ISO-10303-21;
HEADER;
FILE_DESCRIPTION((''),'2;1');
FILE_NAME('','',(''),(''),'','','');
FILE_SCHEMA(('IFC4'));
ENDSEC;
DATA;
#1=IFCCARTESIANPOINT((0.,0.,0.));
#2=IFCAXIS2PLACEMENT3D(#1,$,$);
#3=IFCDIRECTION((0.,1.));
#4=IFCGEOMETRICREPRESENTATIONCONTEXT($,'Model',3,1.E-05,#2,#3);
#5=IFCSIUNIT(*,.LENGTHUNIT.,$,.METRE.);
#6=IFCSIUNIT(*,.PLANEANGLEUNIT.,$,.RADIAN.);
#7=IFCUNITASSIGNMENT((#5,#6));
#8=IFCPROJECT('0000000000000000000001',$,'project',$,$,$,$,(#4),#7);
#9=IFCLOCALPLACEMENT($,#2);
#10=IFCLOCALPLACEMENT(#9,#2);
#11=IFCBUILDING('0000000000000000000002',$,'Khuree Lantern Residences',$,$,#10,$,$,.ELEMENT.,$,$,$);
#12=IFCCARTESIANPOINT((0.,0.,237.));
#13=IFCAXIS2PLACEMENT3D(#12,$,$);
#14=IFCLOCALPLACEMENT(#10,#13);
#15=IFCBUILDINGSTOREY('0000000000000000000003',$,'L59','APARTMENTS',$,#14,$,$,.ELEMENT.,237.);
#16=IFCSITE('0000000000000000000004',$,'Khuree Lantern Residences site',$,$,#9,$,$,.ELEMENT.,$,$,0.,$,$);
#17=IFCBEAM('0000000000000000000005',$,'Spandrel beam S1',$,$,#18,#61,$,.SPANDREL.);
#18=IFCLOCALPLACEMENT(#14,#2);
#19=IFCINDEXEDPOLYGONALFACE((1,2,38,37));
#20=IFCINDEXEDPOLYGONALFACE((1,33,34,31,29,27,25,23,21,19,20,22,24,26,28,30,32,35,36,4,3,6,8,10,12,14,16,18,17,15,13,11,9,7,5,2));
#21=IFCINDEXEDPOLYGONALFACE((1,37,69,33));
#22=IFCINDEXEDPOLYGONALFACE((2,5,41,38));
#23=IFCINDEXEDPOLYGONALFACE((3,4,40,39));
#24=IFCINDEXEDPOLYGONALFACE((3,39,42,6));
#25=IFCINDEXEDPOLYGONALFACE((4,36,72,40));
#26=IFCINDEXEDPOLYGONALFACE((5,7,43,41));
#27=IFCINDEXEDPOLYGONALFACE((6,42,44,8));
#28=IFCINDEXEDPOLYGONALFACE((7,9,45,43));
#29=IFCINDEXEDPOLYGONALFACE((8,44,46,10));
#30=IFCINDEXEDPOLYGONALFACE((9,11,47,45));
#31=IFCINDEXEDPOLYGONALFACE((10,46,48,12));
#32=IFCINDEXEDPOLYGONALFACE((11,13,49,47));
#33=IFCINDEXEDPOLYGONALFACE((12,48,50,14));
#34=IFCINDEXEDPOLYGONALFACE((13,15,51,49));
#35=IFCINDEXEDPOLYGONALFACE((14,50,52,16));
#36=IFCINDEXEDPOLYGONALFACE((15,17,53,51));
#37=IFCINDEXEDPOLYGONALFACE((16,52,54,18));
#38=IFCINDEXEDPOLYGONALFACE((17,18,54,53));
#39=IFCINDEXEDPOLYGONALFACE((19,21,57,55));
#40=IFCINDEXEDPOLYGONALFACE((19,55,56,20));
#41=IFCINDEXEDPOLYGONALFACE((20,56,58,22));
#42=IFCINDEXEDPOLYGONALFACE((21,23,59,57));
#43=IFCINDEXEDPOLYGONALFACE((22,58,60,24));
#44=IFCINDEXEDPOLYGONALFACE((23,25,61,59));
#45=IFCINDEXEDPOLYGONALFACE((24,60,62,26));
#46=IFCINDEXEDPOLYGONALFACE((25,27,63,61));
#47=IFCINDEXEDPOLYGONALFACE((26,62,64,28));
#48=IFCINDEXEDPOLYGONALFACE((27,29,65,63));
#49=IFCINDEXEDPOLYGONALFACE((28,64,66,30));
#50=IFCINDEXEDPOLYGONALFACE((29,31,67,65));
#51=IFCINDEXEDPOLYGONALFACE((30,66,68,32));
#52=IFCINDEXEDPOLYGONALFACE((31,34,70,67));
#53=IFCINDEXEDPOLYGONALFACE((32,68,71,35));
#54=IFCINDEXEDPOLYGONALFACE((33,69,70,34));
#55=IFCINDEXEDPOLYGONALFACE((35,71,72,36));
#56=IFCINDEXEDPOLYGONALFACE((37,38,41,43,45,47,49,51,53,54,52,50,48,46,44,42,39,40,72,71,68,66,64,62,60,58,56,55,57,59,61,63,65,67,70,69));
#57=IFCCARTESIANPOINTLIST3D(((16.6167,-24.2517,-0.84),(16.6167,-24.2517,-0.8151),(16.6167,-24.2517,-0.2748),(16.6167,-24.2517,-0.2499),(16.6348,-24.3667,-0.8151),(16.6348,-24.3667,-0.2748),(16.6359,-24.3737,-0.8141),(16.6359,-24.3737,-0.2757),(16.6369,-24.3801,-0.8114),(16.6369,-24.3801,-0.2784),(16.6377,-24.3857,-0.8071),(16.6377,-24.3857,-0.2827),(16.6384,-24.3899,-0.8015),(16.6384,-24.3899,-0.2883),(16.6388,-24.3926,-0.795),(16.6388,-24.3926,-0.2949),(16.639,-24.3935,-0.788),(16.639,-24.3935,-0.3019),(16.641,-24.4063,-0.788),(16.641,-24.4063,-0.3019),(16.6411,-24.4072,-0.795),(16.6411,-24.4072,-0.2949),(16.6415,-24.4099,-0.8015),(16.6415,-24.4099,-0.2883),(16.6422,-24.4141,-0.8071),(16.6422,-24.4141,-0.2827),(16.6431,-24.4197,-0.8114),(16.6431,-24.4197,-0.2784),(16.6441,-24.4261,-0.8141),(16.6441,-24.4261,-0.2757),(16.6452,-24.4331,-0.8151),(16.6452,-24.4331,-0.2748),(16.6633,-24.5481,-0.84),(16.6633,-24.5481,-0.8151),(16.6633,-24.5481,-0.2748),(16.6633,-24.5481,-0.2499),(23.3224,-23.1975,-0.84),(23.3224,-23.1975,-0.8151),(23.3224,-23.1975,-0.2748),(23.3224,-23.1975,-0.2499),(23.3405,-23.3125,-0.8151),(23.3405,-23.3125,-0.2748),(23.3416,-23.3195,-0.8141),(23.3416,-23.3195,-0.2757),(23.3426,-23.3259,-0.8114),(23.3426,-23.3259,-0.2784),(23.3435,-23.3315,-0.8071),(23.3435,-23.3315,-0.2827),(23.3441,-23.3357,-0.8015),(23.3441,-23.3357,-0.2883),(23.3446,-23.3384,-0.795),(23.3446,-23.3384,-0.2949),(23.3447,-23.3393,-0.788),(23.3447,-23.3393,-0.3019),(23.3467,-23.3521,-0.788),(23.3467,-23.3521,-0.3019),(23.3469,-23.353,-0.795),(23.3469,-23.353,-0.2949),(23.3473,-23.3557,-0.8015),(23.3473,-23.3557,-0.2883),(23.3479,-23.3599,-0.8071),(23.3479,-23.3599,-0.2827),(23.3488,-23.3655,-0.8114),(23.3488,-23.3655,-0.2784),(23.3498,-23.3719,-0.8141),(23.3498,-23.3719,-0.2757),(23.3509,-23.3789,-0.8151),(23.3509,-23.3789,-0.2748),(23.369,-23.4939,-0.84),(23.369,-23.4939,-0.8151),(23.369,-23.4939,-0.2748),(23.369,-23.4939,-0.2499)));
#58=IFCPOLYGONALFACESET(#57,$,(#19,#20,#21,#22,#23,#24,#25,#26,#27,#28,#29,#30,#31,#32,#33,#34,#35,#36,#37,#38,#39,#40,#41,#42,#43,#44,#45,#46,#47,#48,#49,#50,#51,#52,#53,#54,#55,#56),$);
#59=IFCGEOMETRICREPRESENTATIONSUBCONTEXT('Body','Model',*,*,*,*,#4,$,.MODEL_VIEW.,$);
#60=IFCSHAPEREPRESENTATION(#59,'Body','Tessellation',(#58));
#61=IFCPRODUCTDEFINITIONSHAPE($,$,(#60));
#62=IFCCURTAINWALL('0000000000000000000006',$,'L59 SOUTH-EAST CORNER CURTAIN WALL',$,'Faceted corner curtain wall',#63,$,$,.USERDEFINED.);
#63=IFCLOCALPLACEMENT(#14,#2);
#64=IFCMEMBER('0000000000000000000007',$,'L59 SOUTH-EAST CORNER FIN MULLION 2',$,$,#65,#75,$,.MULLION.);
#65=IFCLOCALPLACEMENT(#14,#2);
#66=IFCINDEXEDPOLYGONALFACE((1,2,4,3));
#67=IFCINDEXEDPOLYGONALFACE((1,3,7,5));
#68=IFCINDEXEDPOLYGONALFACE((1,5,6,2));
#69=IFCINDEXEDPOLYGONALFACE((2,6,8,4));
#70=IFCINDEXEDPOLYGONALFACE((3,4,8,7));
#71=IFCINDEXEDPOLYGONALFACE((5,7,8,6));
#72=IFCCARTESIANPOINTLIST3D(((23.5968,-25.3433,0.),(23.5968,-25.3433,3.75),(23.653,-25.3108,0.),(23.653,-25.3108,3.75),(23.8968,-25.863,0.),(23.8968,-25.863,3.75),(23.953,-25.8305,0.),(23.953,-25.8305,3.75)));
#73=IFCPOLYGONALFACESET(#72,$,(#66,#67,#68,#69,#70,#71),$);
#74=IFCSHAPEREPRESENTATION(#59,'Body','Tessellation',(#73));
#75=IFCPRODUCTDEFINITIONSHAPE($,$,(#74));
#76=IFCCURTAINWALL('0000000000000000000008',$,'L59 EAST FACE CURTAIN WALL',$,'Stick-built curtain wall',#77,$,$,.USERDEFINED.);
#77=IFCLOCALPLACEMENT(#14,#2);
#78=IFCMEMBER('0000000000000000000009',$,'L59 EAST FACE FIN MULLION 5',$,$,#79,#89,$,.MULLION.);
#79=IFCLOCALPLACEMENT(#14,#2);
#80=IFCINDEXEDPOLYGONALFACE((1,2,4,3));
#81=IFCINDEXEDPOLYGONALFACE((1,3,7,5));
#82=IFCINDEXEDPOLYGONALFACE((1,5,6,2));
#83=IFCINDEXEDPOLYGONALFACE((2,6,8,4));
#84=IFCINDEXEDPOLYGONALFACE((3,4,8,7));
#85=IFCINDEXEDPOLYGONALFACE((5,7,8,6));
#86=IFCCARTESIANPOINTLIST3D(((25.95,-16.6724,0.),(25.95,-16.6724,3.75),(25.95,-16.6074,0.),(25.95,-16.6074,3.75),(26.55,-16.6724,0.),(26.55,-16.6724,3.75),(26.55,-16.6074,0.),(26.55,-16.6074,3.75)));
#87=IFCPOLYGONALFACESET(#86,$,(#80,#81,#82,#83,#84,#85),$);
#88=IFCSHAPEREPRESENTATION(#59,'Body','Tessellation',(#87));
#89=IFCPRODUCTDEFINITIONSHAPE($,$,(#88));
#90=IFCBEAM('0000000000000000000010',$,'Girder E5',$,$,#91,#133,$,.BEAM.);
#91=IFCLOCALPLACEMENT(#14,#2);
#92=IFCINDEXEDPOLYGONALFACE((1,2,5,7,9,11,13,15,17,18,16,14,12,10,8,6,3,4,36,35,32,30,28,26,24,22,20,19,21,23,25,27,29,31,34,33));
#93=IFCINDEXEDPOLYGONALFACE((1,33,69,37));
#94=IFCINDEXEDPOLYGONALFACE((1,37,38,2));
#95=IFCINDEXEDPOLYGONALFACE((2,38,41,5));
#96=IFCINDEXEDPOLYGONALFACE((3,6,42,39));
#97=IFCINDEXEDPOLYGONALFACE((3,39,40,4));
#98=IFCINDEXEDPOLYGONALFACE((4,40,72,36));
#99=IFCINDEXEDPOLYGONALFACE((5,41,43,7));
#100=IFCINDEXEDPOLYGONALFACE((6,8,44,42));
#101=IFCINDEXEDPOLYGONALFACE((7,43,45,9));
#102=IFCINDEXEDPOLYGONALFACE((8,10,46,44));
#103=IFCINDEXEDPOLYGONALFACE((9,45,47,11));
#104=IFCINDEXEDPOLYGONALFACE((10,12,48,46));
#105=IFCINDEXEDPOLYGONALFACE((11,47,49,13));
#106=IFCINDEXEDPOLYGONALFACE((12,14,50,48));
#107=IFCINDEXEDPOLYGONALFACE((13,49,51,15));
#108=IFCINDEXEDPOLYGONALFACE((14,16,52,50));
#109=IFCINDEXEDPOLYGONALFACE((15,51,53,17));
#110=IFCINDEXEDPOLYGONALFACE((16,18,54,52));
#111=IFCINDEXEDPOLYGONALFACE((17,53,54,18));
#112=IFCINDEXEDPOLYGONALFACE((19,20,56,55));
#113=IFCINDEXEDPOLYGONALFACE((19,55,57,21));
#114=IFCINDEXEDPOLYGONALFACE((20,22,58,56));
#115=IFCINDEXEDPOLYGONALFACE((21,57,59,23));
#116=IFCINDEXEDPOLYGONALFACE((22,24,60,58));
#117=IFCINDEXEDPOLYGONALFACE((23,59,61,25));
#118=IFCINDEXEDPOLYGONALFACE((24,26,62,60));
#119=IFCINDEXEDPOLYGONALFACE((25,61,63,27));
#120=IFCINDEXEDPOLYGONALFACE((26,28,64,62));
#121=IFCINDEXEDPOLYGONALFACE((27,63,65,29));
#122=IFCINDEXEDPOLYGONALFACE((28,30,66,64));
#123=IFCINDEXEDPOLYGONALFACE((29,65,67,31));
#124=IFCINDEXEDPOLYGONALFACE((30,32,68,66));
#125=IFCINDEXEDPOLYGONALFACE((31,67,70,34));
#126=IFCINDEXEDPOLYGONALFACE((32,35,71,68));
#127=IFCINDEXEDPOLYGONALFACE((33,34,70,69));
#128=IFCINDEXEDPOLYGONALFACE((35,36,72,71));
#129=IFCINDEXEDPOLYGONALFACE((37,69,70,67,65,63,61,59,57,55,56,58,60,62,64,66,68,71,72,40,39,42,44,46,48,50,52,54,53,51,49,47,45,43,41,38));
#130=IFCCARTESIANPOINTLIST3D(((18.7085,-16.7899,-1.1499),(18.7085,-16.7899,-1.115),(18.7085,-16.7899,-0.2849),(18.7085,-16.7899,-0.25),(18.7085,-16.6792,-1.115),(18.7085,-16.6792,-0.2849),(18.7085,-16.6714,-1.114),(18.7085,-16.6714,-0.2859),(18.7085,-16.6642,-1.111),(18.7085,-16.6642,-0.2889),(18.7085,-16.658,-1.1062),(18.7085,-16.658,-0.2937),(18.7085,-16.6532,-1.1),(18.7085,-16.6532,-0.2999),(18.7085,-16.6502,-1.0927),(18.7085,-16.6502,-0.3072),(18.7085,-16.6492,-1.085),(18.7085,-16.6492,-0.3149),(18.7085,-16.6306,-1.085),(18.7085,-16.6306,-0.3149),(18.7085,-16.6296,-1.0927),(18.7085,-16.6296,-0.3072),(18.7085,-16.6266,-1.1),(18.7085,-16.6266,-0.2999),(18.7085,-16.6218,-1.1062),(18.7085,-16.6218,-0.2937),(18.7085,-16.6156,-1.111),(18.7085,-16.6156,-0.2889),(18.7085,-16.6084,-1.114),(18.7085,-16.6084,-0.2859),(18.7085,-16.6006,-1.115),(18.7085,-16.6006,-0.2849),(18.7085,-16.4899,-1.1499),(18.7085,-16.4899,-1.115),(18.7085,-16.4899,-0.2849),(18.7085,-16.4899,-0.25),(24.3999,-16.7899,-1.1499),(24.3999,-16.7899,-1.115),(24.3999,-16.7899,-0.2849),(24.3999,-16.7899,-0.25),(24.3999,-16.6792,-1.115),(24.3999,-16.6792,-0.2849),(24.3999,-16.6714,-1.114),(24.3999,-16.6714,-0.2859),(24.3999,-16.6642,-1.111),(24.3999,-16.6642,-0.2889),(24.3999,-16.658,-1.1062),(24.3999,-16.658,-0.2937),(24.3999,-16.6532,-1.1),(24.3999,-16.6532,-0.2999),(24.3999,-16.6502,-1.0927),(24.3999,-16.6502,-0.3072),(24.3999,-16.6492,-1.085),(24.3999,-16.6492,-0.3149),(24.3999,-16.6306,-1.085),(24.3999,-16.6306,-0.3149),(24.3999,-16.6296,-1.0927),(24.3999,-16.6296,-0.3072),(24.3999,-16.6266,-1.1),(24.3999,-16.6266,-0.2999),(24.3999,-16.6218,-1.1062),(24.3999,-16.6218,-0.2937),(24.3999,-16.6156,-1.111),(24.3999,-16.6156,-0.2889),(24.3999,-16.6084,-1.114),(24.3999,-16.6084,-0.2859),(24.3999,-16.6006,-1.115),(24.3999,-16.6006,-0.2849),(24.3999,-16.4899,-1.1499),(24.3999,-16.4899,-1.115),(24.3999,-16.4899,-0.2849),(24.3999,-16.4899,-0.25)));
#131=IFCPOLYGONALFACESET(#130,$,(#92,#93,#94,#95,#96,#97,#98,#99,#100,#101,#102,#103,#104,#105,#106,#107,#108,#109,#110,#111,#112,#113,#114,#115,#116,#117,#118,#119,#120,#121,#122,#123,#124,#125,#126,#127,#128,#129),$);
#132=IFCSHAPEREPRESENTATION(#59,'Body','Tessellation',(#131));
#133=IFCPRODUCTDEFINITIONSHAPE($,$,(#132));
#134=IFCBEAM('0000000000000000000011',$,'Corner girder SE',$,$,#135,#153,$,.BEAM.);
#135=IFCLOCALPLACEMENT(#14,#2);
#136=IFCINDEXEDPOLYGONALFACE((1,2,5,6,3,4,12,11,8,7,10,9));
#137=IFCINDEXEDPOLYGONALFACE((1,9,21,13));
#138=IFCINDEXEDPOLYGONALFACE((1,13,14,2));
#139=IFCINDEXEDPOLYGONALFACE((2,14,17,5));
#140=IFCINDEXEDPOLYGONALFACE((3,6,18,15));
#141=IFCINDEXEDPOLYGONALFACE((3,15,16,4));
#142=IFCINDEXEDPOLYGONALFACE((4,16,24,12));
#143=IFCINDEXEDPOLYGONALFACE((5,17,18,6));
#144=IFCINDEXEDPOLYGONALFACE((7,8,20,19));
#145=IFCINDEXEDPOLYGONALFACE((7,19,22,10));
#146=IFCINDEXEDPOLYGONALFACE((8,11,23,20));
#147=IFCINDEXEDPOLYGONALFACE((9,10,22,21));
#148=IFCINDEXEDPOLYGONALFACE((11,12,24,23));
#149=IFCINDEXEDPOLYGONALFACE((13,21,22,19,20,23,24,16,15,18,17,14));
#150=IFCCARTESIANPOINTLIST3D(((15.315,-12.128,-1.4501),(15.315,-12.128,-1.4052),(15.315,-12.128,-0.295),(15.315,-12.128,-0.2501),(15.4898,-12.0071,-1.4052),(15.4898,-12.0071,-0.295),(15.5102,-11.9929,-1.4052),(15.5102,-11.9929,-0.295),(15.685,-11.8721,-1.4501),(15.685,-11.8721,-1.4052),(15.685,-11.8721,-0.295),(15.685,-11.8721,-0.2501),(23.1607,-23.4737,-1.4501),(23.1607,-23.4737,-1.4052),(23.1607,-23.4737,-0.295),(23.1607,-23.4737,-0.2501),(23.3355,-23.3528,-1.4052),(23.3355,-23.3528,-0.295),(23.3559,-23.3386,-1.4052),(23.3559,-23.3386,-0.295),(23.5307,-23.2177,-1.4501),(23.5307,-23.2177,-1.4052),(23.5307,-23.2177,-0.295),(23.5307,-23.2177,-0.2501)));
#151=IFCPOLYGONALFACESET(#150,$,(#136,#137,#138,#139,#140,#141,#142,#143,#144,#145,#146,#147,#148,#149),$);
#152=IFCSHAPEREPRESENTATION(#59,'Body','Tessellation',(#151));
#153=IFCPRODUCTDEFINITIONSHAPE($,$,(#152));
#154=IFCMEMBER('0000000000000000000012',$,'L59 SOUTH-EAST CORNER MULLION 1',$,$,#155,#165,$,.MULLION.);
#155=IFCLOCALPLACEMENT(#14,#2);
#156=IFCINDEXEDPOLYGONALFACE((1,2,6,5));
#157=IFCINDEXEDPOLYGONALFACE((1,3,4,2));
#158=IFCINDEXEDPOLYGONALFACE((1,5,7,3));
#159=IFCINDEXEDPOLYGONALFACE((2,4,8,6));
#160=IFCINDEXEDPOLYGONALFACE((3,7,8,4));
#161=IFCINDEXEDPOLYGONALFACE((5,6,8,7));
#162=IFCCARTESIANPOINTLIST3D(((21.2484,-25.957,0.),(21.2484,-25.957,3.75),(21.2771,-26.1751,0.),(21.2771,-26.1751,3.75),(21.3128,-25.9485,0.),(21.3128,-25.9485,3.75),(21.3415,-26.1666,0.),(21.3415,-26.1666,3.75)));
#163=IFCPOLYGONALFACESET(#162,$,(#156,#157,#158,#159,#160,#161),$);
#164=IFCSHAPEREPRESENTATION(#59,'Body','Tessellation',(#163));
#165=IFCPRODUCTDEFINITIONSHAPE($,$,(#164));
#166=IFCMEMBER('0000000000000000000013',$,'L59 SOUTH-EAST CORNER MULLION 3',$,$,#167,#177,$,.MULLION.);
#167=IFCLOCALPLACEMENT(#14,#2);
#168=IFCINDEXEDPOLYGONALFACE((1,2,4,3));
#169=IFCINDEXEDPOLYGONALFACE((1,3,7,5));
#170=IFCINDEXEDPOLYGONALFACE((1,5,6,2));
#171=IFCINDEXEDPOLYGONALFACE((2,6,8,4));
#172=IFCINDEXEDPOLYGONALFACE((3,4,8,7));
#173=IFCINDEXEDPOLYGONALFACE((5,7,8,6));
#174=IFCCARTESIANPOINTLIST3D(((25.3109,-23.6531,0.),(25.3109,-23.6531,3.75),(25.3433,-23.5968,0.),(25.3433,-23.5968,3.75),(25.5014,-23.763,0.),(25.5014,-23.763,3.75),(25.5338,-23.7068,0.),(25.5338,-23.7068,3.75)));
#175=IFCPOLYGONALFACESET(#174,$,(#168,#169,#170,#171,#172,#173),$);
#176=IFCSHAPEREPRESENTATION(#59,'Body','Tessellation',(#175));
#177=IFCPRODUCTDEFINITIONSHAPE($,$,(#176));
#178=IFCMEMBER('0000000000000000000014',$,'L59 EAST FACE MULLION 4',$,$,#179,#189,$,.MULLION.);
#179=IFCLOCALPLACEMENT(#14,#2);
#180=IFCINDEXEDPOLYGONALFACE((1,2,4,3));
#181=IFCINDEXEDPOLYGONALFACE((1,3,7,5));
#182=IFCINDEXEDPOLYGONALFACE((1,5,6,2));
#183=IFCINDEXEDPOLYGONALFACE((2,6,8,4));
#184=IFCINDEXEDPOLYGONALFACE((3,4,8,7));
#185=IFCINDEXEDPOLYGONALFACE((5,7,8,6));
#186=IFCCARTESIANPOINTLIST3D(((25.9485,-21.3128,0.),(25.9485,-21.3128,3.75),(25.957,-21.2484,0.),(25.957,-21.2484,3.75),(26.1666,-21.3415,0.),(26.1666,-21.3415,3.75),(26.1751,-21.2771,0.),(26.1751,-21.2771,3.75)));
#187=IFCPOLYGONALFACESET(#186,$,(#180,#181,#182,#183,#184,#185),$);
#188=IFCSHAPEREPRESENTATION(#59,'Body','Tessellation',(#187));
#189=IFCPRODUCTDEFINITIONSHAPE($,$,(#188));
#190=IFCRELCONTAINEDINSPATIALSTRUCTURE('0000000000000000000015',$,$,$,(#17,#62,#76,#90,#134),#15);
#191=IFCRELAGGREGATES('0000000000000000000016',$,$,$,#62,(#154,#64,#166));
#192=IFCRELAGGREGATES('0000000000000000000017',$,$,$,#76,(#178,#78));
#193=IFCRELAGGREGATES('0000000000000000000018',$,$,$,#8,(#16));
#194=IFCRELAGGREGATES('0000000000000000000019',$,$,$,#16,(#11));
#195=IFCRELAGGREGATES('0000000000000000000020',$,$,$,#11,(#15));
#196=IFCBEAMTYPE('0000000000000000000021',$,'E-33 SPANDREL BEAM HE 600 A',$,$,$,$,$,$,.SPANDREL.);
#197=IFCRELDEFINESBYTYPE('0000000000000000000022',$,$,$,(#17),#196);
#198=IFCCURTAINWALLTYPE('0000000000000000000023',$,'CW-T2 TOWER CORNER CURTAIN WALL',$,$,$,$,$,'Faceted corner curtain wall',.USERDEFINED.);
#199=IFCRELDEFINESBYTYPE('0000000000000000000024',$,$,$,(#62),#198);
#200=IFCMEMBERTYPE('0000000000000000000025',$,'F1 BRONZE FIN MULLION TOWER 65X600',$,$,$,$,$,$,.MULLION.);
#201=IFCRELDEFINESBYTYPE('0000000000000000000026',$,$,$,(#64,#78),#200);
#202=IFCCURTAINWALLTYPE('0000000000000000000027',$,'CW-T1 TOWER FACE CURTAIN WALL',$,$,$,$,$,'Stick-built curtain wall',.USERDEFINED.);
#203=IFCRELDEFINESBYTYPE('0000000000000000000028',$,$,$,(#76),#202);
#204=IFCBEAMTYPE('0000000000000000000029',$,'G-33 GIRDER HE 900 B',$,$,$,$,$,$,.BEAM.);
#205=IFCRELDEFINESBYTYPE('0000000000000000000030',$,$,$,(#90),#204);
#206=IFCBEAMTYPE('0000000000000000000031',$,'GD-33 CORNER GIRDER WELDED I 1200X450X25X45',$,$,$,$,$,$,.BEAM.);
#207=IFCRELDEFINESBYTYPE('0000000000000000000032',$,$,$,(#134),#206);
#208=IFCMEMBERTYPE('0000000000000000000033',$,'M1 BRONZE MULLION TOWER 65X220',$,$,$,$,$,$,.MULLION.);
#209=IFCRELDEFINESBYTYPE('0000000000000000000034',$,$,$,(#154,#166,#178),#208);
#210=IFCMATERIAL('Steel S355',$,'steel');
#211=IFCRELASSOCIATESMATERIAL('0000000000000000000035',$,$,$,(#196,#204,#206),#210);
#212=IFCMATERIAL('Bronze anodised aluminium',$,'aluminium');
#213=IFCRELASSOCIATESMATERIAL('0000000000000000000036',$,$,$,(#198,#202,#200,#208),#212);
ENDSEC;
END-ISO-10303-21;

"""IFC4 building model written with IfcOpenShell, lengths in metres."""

from ifc_helpers import new_model, si_unit, direction, frame, origin, origin_2d, place, context, subcontext, project, spatial, rectangle, i_section, extrude, material, material_profile, profile_set, type_object, element, aggregate, save


model = new_model("IFC4")

# Units and contexts
model_context = context("Model", 3, precision=1e-05, world=origin(), true_north=direction((0.0, 1.0)))
body_context = subcontext(model_context, "Body", "Model", "MODEL_VIEW")
ifc_project = project(units=[si_unit("LENGTHUNIT", "METRE"), si_unit("PLANEANGLEUNIT", "RADIAN")], contexts=[model_context])

# Site, building, storey
site_placement = place(None, origin())
site = spatial("IfcSite", under=ifc_project, at=site_placement, Name="Khuree Lantern Residences site", CompositionType="ELEMENT", RefElevation=0.0)
building_placement = place(site_placement, origin())
building = spatial("IfcBuilding", under=site, at=building_placement, Name="Khuree Lantern Residences", CompositionType="ELEMENT")
storey_placement = place(building_placement, frame((0.0, 0.0, 237.0)))
storey = spatial("IfcBuildingStorey", under=building, at=storey_placement, Name="L59", Description="APARTMENTS", CompositionType="ELEMENT", Elevation=237.0)

# Beam
ifc_material_1 = material(Name="Steel S355", Category="steel")
ifc_material_profile_1 = material_profile(ifc_material_1, i_section(OverallWidth=0.3, OverallDepth=0.5901, WebThickness=0.0129, FlangeThickness=0.0249, FilletRadius=0.0271, at=origin_2d()), Name="HE 600 A")
ifc_profile_set_1 = profile_set([ifc_material_profile_1], Name="Steel S355")
beam_type_1 = type_object("IfcBeamType", Name="E-33 SPANDREL BEAM HE 600 A", PredefinedType="SPANDREL", material=ifc_profile_set_1)
for number, where, z_axis, x_axis, name in (
    (1, (23.3457, -23.3457, -0.5449), (-0.987867, -0.1553, 0.0), (0.1553, -0.987867, 0.0), "Spandrel beam S1"),
):
    element("IfcBeam", number, at=place(storey_placement, frame(where, z_axis=z_axis, x_axis=x_axis)), inside=storey, type_object=beam_type_1, Name=name, PredefinedType="SPANDREL", context=body_context, shape_type="SweptSolid", body=[
        extrude(i_section(OverallWidth=0.3, OverallDepth=0.5901, WebThickness=0.0129, FlangeThickness=0.0249, FilletRadius=0.0271, at=origin_2d()), origin(), (0.0, 0.0, 1.0), 6.7881),
    ])

# Curtain walls, members
ifc_material_2 = material(Name="Bronze anodised aluminium", Category="aluminium")
curtain_wall_type_1 = type_object("IfcCurtainWallType", Name="CW-T2 TOWER CORNER CURTAIN WALL", ElementType="Faceted corner curtain wall", PredefinedType="USERDEFINED", material=ifc_material_2)
curtain_wall_1_placement = place(storey_placement, origin())
curtain_wall_1 = element("IfcCurtainWall", 2, at=curtain_wall_1_placement, inside=storey, type_object=curtain_wall_type_1, Name="L59 SOUTH-EAST CORNER CURTAIN WALL", ObjectType="Faceted corner curtain wall", PredefinedType="USERDEFINED")
ifc_material_profile_2 = material_profile(ifc_material_2, rectangle(XDim=0.0649, YDim=0.6001, at=origin_2d()), Name="F1 65X600")
ifc_profile_set_2 = profile_set([ifc_material_profile_2], Name="Bronze anodised aluminium")
member_type_1 = type_object("IfcMemberType", Name="F1 BRONZE FIN MULLION TOWER 65X600", PredefinedType="MULLION", material=ifc_profile_set_2)
member_1_placement = place(storey_placement, frame((23.7749, -25.5869, 0.0), z_axis=(0.0, 0.0, 1.0), x_axis=(0.866025, 0.5, 0.0)))
member_1 = element("IfcMember", 3, at=member_1_placement, type_object=member_type_1, Name="L59 SOUTH-EAST CORNER FIN MULLION 2", PredefinedType="MULLION", context=body_context, shape_type="SweptSolid", body=[
    extrude(rectangle(XDim=0.0649, YDim=0.6001, at=origin_2d()), origin(), (0.0, 0.0, 1.0), 3.75),
])
curtain_wall_type_2 = type_object("IfcCurtainWallType", Name="CW-T1 TOWER FACE CURTAIN WALL", ElementType="Stick-built curtain wall", PredefinedType="USERDEFINED", material=ifc_material_2)
curtain_wall_2_placement = place(storey_placement, origin())
curtain_wall_2 = element("IfcCurtainWall", 4, at=curtain_wall_2_placement, inside=storey, type_object=curtain_wall_type_2, Name="L59 EAST FACE CURTAIN WALL", ObjectType="Stick-built curtain wall", PredefinedType="USERDEFINED")
member_2_placement = place(storey_placement, frame((26.25, -16.6399, 0.0), z_axis=(0.0, 0.0, 1.0), x_axis=(0.0, 1.0, 0.0)))
member_2 = element("IfcMember", 5, at=member_2_placement, type_object=member_type_1, Name="L59 EAST FACE FIN MULLION 5", PredefinedType="MULLION", context=body_context, shape_type="SweptSolid", body=[
    extrude(rectangle(XDim=0.0649, YDim=0.6001, at=origin_2d()), origin(), (0.0, 0.0, 1.0), 3.75),
])

# Beams
ifc_material_profile_3 = material_profile(ifc_material_1, i_section(OverallWidth=0.3, OverallDepth=0.8999, WebThickness=0.0186, FlangeThickness=0.0349, FilletRadius=0.03, at=origin_2d()), Name="HE 900 B")
ifc_profile_set_3 = profile_set([ifc_material_profile_3], Name="Steel S355")
beam_type_2 = type_object("IfcBeamType", Name="G-33 GIRDER HE 900 B", PredefinedType="BEAM", material=ifc_profile_set_3)
beam_1_placement = place(storey_placement, frame((24.3999, -16.6399, -0.7), z_axis=(-1.0, 0.0, 0.0), x_axis=(0.0, -1.0, 0.0)))
element("IfcBeam", 6, at=beam_1_placement, inside=storey, type_object=beam_type_2, Name="Girder E5", PredefinedType="BEAM", context=body_context, shape_type="SweptSolid", body=[
    extrude(i_section(OverallWidth=0.3, OverallDepth=0.8999, WebThickness=0.0186, FlangeThickness=0.0349, FilletRadius=0.03, at=origin_2d()), origin(), (0.0, 0.0, 1.0), 5.6914),
])
ifc_material_profile_4 = material_profile(ifc_material_1, i_section(OverallWidth=0.45, OverallDepth=1.2, WebThickness=0.0249, FlangeThickness=0.0449, at=origin_2d()), Name="WELDED I 1200X450X25X45")
ifc_profile_set_4 = profile_set([ifc_material_profile_4], Name="Steel S355")
beam_type_3 = type_object("IfcBeamType", Name="GD-33 CORNER GIRDER WELDED I 1200X450X25X45", PredefinedType="BEAM", material=ifc_profile_set_4)
beam_2_placement = place(storey_placement, frame((23.3457, -23.3457, -0.8501), z_axis=(-0.568768, 0.822498, 0.0), x_axis=(-0.822498, -0.568768, 0.0)))
element("IfcBeam", 7, at=beam_2_placement, inside=storey, type_object=beam_type_3, Name="Corner girder SE", PredefinedType="BEAM", context=body_context, shape_type="SweptSolid", body=[
    extrude(i_section(OverallWidth=0.45, OverallDepth=1.2, WebThickness=0.0249, FlangeThickness=0.0449, at=origin_2d()), origin(), (0.0, 0.0, 1.0), 13.7942),
])

# Members
ifc_material_profile_5 = material_profile(ifc_material_2, rectangle(XDim=0.0649, YDim=0.22, at=origin_2d()), Name="M1 65X220")
ifc_profile_set_5 = profile_set([ifc_material_profile_5], Name="Bronze anodised aluminium")
member_type_2 = type_object("IfcMemberType", Name="M1 BRONZE MULLION TOWER 65X220", PredefinedType="MULLION", material=ifc_profile_set_5)
member_3_placement = place(storey_placement, frame((21.2949, -26.0618, 0.0), z_axis=(0.0, 0.0, 1.0), x_axis=(0.991445, 0.130526, 0.0)))
member_3 = element("IfcMember", 8, at=member_3_placement, type_object=member_type_2, Name="L59 SOUTH-EAST CORNER MULLION 1", PredefinedType="MULLION", context=body_context, shape_type="SweptSolid", body=[
    extrude(rectangle(XDim=0.0649, YDim=0.22, at=origin_2d()), origin(), (0.0, 0.0, 1.0), 3.75),
])
member_4_placement = place(storey_placement, frame((25.4224, -23.6799, 0.0), z_axis=(0.0, 0.0, 1.0), x_axis=(0.5, 0.866025, 0.0)))
member_4 = element("IfcMember", 9, at=member_4_placement, type_object=member_type_2, Name="L59 SOUTH-EAST CORNER MULLION 3", PredefinedType="MULLION", context=body_context, shape_type="SweptSolid", body=[
    extrude(rectangle(XDim=0.0649, YDim=0.22, at=origin_2d()), origin(), (0.0, 0.0, 1.0), 3.75),
])
member_5_placement = place(storey_placement, frame((26.0618, -21.2949, 0.0), z_axis=(0.0, 0.0, 1.0), x_axis=(0.130526, 0.991445, 0.0)))
member_5 = element("IfcMember", 10, at=member_5_placement, type_object=member_type_2, Name="L59 EAST FACE MULLION 4", PredefinedType="MULLION", context=body_context, shape_type="SweptSolid", body=[
    extrude(rectangle(XDim=0.0649, YDim=0.22, at=origin_2d()), origin(), (0.0, 0.0, 1.0), 3.75),
])

aggregate(curtain_wall_1, [member_3, member_1, member_4])

aggregate(curtain_wall_2, [member_5, member_2])

save(model, "model.ifc")
